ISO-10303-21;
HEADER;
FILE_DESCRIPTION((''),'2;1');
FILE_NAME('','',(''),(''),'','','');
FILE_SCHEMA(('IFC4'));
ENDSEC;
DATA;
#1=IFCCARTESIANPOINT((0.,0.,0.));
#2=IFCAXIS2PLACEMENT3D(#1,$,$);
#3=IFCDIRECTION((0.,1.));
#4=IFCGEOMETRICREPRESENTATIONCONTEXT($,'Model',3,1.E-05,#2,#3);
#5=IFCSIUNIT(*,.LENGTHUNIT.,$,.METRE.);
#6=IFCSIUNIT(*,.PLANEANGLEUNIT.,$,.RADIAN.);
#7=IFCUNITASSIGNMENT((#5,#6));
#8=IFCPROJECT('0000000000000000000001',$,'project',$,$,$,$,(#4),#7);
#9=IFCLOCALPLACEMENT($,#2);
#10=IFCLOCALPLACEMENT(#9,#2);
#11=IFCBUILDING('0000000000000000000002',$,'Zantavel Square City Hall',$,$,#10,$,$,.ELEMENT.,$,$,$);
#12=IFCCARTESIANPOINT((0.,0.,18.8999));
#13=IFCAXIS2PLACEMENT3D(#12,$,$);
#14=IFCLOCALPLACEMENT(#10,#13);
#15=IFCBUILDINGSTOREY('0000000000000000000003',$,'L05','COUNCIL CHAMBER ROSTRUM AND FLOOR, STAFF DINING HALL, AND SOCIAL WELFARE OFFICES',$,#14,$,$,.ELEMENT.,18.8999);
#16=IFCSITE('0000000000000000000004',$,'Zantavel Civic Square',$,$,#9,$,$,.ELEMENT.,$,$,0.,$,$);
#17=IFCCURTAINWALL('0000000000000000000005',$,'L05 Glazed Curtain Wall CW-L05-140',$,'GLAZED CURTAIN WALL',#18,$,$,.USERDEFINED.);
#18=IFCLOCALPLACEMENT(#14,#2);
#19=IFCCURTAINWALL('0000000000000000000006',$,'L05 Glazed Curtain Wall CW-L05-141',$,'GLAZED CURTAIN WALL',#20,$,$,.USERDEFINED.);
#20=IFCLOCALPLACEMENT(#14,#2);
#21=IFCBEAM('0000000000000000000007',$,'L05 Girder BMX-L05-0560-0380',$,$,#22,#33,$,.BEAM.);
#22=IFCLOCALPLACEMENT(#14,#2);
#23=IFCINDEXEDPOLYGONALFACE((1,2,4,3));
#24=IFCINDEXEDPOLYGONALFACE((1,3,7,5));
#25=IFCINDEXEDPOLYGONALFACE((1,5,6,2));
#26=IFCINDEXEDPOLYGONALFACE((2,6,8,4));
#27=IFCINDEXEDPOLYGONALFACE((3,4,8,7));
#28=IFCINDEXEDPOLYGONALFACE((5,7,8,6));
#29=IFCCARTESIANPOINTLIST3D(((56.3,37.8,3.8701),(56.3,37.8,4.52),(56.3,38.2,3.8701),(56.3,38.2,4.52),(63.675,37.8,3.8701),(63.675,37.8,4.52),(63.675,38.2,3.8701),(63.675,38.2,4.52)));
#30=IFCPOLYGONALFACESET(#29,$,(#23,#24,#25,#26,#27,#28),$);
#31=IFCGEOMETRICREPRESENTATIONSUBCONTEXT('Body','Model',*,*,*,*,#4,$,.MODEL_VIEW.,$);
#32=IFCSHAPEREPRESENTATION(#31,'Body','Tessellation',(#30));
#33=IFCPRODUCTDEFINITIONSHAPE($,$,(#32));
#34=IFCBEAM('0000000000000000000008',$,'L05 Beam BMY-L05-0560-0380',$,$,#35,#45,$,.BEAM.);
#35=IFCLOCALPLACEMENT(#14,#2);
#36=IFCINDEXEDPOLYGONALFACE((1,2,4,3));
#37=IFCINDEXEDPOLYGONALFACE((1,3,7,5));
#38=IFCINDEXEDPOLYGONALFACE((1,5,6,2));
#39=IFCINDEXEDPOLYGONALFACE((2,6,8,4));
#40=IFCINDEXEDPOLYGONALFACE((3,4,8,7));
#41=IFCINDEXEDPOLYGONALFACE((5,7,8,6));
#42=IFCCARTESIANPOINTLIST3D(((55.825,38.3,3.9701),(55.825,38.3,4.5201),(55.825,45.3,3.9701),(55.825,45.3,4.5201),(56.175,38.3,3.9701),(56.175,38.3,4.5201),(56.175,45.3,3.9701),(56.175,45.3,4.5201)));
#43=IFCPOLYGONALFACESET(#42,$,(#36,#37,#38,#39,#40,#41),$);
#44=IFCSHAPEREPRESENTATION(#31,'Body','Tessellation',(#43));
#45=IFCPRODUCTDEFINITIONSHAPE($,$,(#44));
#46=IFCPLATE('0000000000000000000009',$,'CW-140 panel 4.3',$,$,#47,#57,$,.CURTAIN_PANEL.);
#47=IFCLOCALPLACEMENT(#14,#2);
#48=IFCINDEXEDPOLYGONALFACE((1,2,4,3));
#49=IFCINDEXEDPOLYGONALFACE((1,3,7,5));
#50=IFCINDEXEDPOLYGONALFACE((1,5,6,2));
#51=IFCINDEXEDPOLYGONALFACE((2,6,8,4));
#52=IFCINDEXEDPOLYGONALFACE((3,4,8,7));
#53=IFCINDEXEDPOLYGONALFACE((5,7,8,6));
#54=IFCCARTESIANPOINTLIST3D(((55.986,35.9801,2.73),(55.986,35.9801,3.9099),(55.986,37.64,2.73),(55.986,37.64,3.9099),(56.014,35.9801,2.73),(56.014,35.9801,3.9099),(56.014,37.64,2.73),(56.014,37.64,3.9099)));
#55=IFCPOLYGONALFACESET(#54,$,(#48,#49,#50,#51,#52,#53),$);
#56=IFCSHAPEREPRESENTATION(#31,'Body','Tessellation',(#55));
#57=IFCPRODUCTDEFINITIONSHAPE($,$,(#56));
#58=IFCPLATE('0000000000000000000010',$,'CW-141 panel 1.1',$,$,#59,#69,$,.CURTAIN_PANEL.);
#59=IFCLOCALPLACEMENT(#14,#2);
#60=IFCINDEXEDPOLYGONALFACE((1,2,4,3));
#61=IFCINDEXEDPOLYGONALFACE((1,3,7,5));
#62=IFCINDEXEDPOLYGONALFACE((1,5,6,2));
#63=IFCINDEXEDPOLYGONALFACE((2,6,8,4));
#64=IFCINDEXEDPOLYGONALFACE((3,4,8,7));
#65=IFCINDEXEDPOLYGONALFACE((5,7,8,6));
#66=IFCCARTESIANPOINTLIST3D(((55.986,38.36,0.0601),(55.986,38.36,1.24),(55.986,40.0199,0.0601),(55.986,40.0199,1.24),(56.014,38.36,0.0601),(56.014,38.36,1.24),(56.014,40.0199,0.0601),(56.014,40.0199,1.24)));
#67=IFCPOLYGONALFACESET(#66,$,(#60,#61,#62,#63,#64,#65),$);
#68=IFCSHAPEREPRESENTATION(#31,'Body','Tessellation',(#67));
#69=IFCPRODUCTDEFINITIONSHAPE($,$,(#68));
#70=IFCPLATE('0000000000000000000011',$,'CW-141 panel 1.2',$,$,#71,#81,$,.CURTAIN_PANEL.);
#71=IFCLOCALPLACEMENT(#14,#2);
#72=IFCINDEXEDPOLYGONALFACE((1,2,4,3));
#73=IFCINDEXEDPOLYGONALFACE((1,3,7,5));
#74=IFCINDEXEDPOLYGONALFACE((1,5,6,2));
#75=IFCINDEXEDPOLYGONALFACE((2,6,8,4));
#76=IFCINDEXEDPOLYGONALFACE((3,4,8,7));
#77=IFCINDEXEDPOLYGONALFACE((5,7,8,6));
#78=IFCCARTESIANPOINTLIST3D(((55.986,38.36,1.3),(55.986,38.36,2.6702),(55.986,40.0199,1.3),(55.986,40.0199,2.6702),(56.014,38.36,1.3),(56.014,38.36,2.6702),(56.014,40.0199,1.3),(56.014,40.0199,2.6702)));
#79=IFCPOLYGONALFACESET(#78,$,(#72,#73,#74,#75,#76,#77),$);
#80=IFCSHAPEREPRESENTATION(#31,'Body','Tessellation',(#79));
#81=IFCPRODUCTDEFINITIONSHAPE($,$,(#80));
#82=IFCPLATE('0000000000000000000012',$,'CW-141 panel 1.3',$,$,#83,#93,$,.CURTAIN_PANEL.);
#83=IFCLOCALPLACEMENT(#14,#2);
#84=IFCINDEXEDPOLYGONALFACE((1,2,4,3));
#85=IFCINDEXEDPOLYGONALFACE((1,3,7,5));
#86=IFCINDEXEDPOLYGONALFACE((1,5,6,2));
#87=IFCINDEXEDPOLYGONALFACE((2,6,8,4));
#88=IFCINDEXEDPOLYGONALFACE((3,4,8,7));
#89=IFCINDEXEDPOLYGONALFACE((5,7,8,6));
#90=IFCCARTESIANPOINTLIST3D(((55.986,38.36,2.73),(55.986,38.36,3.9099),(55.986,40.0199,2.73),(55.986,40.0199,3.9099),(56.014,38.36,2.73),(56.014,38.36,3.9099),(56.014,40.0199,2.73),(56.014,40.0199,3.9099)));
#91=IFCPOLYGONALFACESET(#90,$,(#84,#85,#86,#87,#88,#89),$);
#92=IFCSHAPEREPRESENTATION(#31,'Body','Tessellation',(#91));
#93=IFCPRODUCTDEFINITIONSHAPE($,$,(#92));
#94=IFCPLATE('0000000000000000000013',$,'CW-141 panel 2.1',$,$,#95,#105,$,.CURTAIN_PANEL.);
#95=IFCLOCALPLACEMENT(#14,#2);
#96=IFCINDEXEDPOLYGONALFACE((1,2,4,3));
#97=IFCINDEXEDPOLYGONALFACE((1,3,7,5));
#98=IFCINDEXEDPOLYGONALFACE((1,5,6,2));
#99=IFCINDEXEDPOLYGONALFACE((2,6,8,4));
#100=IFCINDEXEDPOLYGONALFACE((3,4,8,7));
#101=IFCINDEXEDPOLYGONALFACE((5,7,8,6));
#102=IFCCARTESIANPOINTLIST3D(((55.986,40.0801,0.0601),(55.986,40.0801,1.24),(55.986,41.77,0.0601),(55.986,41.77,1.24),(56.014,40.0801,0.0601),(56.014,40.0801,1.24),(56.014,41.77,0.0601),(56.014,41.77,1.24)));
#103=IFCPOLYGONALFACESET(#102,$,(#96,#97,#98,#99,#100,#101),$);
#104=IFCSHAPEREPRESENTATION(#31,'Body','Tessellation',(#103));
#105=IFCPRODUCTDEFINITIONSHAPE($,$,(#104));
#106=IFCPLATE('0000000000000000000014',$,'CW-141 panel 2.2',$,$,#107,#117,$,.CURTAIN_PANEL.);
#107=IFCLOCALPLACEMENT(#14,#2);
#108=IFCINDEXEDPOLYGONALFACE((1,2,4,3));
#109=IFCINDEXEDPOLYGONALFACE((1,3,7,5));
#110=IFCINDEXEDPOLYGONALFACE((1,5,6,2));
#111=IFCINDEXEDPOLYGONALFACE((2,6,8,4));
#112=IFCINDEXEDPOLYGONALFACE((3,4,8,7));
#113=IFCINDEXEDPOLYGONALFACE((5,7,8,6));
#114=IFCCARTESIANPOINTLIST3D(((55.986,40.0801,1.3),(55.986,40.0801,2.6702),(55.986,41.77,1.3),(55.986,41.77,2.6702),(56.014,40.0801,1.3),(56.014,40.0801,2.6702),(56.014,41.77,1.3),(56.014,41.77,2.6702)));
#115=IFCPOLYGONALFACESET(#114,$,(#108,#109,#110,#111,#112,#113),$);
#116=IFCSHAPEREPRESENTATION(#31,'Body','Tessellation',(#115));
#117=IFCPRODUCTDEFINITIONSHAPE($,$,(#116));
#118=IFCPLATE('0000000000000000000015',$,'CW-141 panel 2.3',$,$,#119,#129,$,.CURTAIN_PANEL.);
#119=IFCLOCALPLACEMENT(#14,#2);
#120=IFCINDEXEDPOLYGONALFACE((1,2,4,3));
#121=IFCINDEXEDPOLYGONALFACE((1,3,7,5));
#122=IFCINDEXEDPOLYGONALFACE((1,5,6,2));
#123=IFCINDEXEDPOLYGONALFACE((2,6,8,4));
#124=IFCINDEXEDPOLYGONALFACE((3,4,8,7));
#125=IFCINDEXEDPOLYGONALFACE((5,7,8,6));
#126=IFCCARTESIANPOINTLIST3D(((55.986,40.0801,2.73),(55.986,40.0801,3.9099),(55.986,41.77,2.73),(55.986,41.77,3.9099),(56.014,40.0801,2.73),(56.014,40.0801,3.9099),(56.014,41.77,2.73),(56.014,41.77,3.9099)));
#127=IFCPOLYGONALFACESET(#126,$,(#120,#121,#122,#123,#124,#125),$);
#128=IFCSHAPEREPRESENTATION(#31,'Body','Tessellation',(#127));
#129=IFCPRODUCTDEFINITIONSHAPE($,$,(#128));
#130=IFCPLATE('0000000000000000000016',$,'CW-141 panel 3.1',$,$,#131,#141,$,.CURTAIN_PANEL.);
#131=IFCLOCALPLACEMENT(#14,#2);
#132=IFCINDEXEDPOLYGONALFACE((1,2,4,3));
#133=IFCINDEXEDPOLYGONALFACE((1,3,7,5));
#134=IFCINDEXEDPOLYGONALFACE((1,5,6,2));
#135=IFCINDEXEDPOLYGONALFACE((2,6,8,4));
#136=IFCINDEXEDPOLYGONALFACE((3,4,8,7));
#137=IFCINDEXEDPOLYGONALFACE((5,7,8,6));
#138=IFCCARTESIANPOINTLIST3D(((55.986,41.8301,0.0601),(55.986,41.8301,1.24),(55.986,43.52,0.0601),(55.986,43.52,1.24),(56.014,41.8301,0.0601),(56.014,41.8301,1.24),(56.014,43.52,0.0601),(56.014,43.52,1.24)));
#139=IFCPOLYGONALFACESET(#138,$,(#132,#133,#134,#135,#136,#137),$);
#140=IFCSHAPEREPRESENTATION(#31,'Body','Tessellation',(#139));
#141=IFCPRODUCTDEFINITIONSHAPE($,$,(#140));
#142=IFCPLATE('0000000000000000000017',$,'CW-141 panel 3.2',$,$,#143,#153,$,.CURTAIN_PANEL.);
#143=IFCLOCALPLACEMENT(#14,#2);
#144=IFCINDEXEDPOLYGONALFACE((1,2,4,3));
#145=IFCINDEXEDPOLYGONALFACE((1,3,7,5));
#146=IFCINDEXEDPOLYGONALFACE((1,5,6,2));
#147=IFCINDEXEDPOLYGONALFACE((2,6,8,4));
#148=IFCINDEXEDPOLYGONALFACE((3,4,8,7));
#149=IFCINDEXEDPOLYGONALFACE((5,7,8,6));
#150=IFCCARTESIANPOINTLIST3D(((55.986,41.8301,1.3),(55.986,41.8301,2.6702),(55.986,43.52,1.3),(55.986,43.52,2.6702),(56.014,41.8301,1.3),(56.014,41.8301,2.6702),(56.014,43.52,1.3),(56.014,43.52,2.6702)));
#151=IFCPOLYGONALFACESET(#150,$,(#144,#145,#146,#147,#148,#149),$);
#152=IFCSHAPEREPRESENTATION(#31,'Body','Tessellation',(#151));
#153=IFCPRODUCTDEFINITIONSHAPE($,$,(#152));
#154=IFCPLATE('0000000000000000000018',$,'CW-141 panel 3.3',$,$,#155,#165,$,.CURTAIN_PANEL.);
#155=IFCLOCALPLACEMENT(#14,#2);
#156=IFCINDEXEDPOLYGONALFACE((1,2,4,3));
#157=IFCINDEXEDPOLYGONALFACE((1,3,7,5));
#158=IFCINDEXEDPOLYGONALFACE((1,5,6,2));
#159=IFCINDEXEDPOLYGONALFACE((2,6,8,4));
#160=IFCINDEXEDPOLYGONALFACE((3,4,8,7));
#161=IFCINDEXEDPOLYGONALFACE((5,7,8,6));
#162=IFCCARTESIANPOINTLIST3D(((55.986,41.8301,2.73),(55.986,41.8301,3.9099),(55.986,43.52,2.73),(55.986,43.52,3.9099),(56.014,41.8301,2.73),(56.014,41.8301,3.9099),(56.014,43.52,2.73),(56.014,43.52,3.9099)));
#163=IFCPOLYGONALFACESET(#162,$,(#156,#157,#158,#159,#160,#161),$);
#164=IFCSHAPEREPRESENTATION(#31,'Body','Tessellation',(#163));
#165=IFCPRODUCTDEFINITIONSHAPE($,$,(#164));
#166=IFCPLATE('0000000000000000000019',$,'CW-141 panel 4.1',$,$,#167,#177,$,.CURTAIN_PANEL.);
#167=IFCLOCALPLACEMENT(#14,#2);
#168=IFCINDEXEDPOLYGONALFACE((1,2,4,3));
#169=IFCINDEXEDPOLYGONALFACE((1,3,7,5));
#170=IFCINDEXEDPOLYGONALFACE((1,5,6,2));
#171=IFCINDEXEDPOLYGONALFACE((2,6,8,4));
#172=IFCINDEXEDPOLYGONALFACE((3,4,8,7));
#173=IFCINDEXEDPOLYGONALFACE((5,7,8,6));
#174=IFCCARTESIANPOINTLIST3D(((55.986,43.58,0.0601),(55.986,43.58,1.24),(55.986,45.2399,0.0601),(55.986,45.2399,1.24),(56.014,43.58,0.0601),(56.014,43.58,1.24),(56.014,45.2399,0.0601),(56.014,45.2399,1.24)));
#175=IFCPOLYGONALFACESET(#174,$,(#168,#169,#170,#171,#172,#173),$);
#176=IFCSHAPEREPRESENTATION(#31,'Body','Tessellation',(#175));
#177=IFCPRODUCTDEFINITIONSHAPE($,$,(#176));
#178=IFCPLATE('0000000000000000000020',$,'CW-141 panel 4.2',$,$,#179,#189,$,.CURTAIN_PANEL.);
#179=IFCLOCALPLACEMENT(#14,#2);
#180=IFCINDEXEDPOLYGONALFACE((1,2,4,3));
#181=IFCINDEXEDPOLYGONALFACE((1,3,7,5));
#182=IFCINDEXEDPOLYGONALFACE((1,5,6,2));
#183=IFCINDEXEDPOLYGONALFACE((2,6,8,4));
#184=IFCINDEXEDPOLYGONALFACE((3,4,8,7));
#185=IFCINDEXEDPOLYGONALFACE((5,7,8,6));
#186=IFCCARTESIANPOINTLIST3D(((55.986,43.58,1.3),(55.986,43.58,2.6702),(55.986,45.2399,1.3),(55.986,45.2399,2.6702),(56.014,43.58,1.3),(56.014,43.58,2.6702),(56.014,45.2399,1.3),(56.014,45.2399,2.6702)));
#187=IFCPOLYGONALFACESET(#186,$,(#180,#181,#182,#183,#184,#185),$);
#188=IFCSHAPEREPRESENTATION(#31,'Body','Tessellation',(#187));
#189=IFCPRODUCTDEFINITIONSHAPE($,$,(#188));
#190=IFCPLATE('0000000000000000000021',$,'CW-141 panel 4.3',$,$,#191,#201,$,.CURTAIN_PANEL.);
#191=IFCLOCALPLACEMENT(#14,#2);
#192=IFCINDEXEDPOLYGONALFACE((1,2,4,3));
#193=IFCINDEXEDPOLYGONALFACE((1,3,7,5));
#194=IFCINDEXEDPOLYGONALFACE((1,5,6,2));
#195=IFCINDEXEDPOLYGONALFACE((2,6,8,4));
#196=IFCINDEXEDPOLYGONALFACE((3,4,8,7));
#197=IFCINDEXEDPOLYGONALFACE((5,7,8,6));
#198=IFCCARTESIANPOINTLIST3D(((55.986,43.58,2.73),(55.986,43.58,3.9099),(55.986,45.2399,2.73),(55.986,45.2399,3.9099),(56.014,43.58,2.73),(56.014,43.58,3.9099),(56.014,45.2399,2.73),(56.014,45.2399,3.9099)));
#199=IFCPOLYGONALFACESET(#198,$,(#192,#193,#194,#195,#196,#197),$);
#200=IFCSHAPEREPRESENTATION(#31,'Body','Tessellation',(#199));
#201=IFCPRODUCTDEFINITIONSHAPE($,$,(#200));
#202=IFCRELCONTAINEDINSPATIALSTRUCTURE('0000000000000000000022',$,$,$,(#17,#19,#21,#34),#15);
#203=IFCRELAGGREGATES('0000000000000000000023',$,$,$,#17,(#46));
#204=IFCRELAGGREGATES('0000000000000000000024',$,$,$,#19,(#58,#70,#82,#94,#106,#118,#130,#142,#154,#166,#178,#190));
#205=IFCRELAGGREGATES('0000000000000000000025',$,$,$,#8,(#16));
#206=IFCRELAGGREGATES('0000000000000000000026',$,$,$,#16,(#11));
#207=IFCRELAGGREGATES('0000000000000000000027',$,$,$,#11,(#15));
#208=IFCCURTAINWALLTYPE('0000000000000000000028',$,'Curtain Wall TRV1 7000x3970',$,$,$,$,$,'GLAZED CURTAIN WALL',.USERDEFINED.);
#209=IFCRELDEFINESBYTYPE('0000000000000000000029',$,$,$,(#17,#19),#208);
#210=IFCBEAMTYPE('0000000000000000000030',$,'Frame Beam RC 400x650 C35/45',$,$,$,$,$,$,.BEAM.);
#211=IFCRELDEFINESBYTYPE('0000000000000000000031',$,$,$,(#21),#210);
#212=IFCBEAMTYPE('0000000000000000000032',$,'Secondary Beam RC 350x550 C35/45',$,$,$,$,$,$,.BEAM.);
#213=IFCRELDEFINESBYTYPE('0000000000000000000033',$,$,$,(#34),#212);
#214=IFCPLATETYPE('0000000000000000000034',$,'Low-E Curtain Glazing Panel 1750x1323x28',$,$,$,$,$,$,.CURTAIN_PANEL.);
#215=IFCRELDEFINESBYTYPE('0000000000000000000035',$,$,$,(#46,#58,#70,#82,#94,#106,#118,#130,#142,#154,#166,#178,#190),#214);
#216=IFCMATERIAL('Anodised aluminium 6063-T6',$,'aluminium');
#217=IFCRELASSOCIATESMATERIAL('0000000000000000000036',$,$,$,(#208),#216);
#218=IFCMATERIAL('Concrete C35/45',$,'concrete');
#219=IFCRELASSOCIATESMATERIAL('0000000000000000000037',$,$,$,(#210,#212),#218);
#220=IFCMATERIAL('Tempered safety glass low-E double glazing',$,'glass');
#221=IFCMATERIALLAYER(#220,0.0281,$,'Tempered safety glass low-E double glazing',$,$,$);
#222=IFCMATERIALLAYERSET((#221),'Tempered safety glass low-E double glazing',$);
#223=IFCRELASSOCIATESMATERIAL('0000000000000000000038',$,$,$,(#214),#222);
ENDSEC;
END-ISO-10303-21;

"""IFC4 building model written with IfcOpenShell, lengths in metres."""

from ifc_helpers import new_model, si_unit, direction, frame, origin, origin_2d, place, context, subcontext, project, spatial, rectangle, extrude, material, layer, layer_set, material_profile, profile_set, type_object, element, aggregate, save


model = new_model("IFC4")

# Units and contexts
model_context = context("Model", 3, precision=1e-05, world=origin(), true_north=direction((0.0, 1.0)))
body_context = subcontext(model_context, "Body", "Model", "MODEL_VIEW")
ifc_project = project(units=[si_unit("LENGTHUNIT", "METRE"), si_unit("PLANEANGLEUNIT", "RADIAN")], contexts=[model_context])

# Site, building, storey
site_placement = place(None, origin())
site = spatial("IfcSite", under=ifc_project, at=site_placement, Name="Zantavel Civic Square", CompositionType="ELEMENT", RefElevation=0.0)
building_placement = place(site_placement, origin())
building = spatial("IfcBuilding", under=site, at=building_placement, Name="Zantavel Square City Hall", CompositionType="ELEMENT")
storey_placement = place(building_placement, frame((0.0, 0.0, 18.8999)))
storey = spatial("IfcBuildingStorey", under=building, at=storey_placement, Name="L05", Description="COUNCIL CHAMBER ROSTRUM AND FLOOR, STAFF DINING HALL, AND SOCIAL WELFARE OFFICES", CompositionType="ELEMENT", Elevation=18.8999)

# Curtain wall
ifc_material_1 = material(Name="Anodised aluminium 6063-T6", Category="aluminium")
curtain_wall_type = type_object("IfcCurtainWallType", Name="Curtain Wall TRV1 7000x3970", ElementType="GLAZED CURTAIN WALL", PredefinedType="USERDEFINED", material=ifc_material_1)
curtain_wall_1_placement = place(storey_placement, origin())
curtain_wall_1 = element("IfcCurtainWall", 1, at=curtain_wall_1_placement, inside=storey, type_object=curtain_wall_type, Name="L05 Glazed Curtain Wall CW-L05-140", ObjectType="GLAZED CURTAIN WALL", PredefinedType="USERDEFINED")

# Curtain wall
curtain_wall_2_placement = place(storey_placement, origin())
curtain_wall_2 = element("IfcCurtainWall", 2, at=curtain_wall_2_placement, inside=storey, type_object=curtain_wall_type, Name="L05 Glazed Curtain Wall CW-L05-141", ObjectType="GLAZED CURTAIN WALL", PredefinedType="USERDEFINED")

# Beams
ifc_material_2 = material(Name="Concrete C35/45", Category="concrete")
ifc_material_profile_1 = material_profile(ifc_material_2, rectangle(XDim=0.3999, YDim=0.6499, at=origin_2d()), Name="RC 400x650")
ifc_profile_set_1 = profile_set([ifc_material_profile_1], Name="Concrete C35/45")
beam_type_1 = type_object("IfcBeamType", Name="Frame Beam RC 400x650 C35/45", PredefinedType="BEAM", material=ifc_profile_set_1)
beam_1_placement = place(storey_placement, frame((56.3, 38.0, 4.1951), z_axis=(1.0, 0.0, 0.0), x_axis=(0.0, 1.0, 0.0)))
element("IfcBeam", 3, at=beam_1_placement, inside=storey, type_object=beam_type_1, Name="L05 Girder BMX-L05-0560-0380", PredefinedType="BEAM", context=body_context, shape_type="SweptSolid", body=[
    extrude(rectangle(XDim=0.3999, YDim=0.6499, at=origin_2d()), origin(), (0.0, 0.0, 1.0), 7.375),
])
ifc_material_profile_2 = material_profile(ifc_material_2, rectangle(XDim=0.3501, YDim=0.55, at=origin_2d()), Name="RC 350x550")
ifc_profile_set_2 = profile_set([ifc_material_profile_2], Name="Concrete C35/45")
beam_type_2 = type_object("IfcBeamType", Name="Secondary Beam RC 350x550 C35/45", PredefinedType="BEAM", material=ifc_profile_set_2)
beam_2_placement = place(storey_placement, frame((56.0, 38.3, 4.2451), z_axis=(0.0, 1.0, 0.0), x_axis=(-1.0, 0.0, 0.0)))
element("IfcBeam", 4, at=beam_2_placement, inside=storey, type_object=beam_type_2, Name="L05 Beam BMY-L05-0560-0380", PredefinedType="BEAM", context=body_context, shape_type="SweptSolid", body=[
    extrude(rectangle(XDim=0.3501, YDim=0.55, at=origin_2d()), origin(), (0.0, 0.0, 1.0), 7.0),
])

# Plates
ifc_material_3 = material(Name="Tempered safety glass low-E double glazing", Category="glass")
ifc_layer = layer(ifc_material_3, 0.0281, Name="Tempered safety glass low-E double glazing")
ifc_layer_set = layer_set([ifc_layer], Name="Tempered safety glass low-E double glazing")
plate_type = type_object("IfcPlateType", Name="Low-E Curtain Glazing Panel 1750x1323x28", PredefinedType="CURTAIN_PANEL", material=ifc_layer_set)
plate_1_placement = place(storey_placement, frame((56.0, 36.8101, 2.73), z_axis=(0.0, 0.0, 1.0), x_axis=(0.0, 1.0, 0.0)))
plate_1 = element("IfcPlate", 5, at=plate_1_placement, type_object=plate_type, Name="CW-140 panel 4.3", PredefinedType="CURTAIN_PANEL", context=body_context, shape_type="SweptSolid", body=[
    extrude(rectangle(XDim=1.6599, YDim=0.0281, at=origin_2d()), origin(), (0.0, 0.0, 1.0), 1.1799),
])
aggregate(curtain_wall_1, [plate_1])
plate_2_placement = place(storey_placement, frame((56.0, 39.1899, 0.0601), z_axis=(0.0, 0.0, 1.0), x_axis=(0.0, 1.0, 0.0)))
plate_2 = element("IfcPlate", 6, at=plate_2_placement, type_object=plate_type, Name="CW-141 panel 1.1", PredefinedType="CURTAIN_PANEL", context=body_context, shape_type="SweptSolid", body=[
    extrude(rectangle(XDim=1.6599, YDim=0.0281, at=origin_2d()), origin(), (0.0, 0.0, 1.0), 1.1799),
])
plate_3_placement = place(storey_placement, frame((56.0, 39.1899, 1.3), z_axis=(0.0, 0.0, 1.0), x_axis=(0.0, 1.0, 0.0)))
plate_3 = element("IfcPlate", 7, at=plate_3_placement, type_object=plate_type, Name="CW-141 panel 1.2", PredefinedType="CURTAIN_PANEL", context=body_context, shape_type="SweptSolid", body=[
    extrude(rectangle(XDim=1.6599, YDim=0.0281, at=origin_2d()), origin(), (0.0, 0.0, 1.0), 1.3701),
])
plate_4_placement = place(storey_placement, frame((56.0, 39.1899, 2.73), z_axis=(0.0, 0.0, 1.0), x_axis=(0.0, 1.0, 0.0)))
plate_4 = element("IfcPlate", 8, at=plate_4_placement, type_object=plate_type, Name="CW-141 panel 1.3", PredefinedType="CURTAIN_PANEL", context=body_context, shape_type="SweptSolid", body=[
    extrude(rectangle(XDim=1.6599, YDim=0.0281, at=origin_2d()), origin(), (0.0, 0.0, 1.0), 1.1799),
])
plate_5_placement = place(storey_placement, frame((56.0, 40.925, 0.0601), z_axis=(0.0, 0.0, 1.0), x_axis=(0.0, 1.0, 0.0)))
plate_5 = element("IfcPlate", 9, at=plate_5_placement, type_object=plate_type, Name="CW-141 panel 2.1", PredefinedType="CURTAIN_PANEL", context=body_context, shape_type="SweptSolid", body=[
    extrude(rectangle(XDim=1.6899, YDim=0.0281, at=origin_2d()), origin(), (0.0, 0.0, 1.0), 1.1799),
])
plate_6_placement = place(storey_placement, frame((56.0, 40.925, 1.3), z_axis=(0.0, 0.0, 1.0), x_axis=(0.0, 1.0, 0.0)))
plate_6 = element("IfcPlate", 10, at=plate_6_placement, type_object=plate_type, Name="CW-141 panel 2.2", PredefinedType="CURTAIN_PANEL", context=body_context, shape_type="SweptSolid", body=[
    extrude(rectangle(XDim=1.6899, YDim=0.0281, at=origin_2d()), origin(), (0.0, 0.0, 1.0), 1.3701),
])
plate_7_placement = place(storey_placement, frame((56.0, 40.925, 2.73), z_axis=(0.0, 0.0, 1.0), x_axis=(0.0, 1.0, 0.0)))
plate_7 = element("IfcPlate", 11, at=plate_7_placement, type_object=plate_type, Name="CW-141 panel 2.3", PredefinedType="CURTAIN_PANEL", context=body_context, shape_type="SweptSolid", body=[
    extrude(rectangle(XDim=1.6899, YDim=0.0281, at=origin_2d()), origin(), (0.0, 0.0, 1.0), 1.1799),
])
plate_8_placement = place(storey_placement, frame((56.0, 42.675, 0.0601), z_axis=(0.0, 0.0, 1.0), x_axis=(0.0, 1.0, 0.0)))
plate_8 = element("IfcPlate", 12, at=plate_8_placement, type_object=plate_type, Name="CW-141 panel 3.1", PredefinedType="CURTAIN_PANEL", context=body_context, shape_type="SweptSolid", body=[
    extrude(rectangle(XDim=1.6899, YDim=0.0281, at=origin_2d()), origin(), (0.0, 0.0, 1.0), 1.1799),
])
plate_9_placement = place(storey_placement, frame((56.0, 42.675, 1.3), z_axis=(0.0, 0.0, 1.0), x_axis=(0.0, 1.0, 0.0)))
plate_9 = element("IfcPlate", 13, at=plate_9_placement, type_object=plate_type, Name="CW-141 panel 3.2", PredefinedType="CURTAIN_PANEL", context=body_context, shape_type="SweptSolid", body=[
    extrude(rectangle(XDim=1.6899, YDim=0.0281, at=origin_2d()), origin(), (0.0, 0.0, 1.0), 1.3701),
])
plate_10_placement = place(storey_placement, frame((56.0, 42.675, 2.73), z_axis=(0.0, 0.0, 1.0), x_axis=(0.0, 1.0, 0.0)))
plate_10 = element("IfcPlate", 14, at=plate_10_placement, type_object=plate_type, Name="CW-141 panel 3.3", PredefinedType="CURTAIN_PANEL", context=body_context, shape_type="SweptSolid", body=[
    extrude(rectangle(XDim=1.6899, YDim=0.0281, at=origin_2d()), origin(), (0.0, 0.0, 1.0), 1.1799),
])
plate_11_placement = place(storey_placement, frame((56.0, 44.4099, 0.0601), z_axis=(0.0, 0.0, 1.0), x_axis=(0.0, 1.0, 0.0)))
plate_11 = element("IfcPlate", 15, at=plate_11_placement, type_object=plate_type, Name="CW-141 panel 4.1", PredefinedType="CURTAIN_PANEL", context=body_context, shape_type="SweptSolid", body=[
    extrude(rectangle(XDim=1.6599, YDim=0.0281, at=origin_2d()), origin(), (0.0, 0.0, 1.0), 1.1799),
])
plate_12_placement = place(storey_placement, frame((56.0, 44.4099, 1.3), z_axis=(0.0, 0.0, 1.0), x_axis=(0.0, 1.0, 0.0)))
plate_12 = element("IfcPlate", 16, at=plate_12_placement, type_object=plate_type, Name="CW-141 panel 4.2", PredefinedType="CURTAIN_PANEL", context=body_context, shape_type="SweptSolid", body=[
    extrude(rectangle(XDim=1.6599, YDim=0.0281, at=origin_2d()), origin(), (0.0, 0.0, 1.0), 1.3701),
])
plate_13_placement = place(storey_placement, frame((56.0, 44.4099, 2.73), z_axis=(0.0, 0.0, 1.0), x_axis=(0.0, 1.0, 0.0)))
plate_13 = element("IfcPlate", 17, at=plate_13_placement, type_object=plate_type, Name="CW-141 panel 4.3", PredefinedType="CURTAIN_PANEL", context=body_context, shape_type="SweptSolid", body=[
    extrude(rectangle(XDim=1.6599, YDim=0.0281, at=origin_2d()), origin(), (0.0, 0.0, 1.0), 1.1799),
])
aggregate(curtain_wall_2, [plate_2, plate_3, plate_4, plate_5, plate_6, plate_7, plate_8, plate_9, plate_10, plate_11, plate_12, plate_13])

save(model, "model.ifc")
